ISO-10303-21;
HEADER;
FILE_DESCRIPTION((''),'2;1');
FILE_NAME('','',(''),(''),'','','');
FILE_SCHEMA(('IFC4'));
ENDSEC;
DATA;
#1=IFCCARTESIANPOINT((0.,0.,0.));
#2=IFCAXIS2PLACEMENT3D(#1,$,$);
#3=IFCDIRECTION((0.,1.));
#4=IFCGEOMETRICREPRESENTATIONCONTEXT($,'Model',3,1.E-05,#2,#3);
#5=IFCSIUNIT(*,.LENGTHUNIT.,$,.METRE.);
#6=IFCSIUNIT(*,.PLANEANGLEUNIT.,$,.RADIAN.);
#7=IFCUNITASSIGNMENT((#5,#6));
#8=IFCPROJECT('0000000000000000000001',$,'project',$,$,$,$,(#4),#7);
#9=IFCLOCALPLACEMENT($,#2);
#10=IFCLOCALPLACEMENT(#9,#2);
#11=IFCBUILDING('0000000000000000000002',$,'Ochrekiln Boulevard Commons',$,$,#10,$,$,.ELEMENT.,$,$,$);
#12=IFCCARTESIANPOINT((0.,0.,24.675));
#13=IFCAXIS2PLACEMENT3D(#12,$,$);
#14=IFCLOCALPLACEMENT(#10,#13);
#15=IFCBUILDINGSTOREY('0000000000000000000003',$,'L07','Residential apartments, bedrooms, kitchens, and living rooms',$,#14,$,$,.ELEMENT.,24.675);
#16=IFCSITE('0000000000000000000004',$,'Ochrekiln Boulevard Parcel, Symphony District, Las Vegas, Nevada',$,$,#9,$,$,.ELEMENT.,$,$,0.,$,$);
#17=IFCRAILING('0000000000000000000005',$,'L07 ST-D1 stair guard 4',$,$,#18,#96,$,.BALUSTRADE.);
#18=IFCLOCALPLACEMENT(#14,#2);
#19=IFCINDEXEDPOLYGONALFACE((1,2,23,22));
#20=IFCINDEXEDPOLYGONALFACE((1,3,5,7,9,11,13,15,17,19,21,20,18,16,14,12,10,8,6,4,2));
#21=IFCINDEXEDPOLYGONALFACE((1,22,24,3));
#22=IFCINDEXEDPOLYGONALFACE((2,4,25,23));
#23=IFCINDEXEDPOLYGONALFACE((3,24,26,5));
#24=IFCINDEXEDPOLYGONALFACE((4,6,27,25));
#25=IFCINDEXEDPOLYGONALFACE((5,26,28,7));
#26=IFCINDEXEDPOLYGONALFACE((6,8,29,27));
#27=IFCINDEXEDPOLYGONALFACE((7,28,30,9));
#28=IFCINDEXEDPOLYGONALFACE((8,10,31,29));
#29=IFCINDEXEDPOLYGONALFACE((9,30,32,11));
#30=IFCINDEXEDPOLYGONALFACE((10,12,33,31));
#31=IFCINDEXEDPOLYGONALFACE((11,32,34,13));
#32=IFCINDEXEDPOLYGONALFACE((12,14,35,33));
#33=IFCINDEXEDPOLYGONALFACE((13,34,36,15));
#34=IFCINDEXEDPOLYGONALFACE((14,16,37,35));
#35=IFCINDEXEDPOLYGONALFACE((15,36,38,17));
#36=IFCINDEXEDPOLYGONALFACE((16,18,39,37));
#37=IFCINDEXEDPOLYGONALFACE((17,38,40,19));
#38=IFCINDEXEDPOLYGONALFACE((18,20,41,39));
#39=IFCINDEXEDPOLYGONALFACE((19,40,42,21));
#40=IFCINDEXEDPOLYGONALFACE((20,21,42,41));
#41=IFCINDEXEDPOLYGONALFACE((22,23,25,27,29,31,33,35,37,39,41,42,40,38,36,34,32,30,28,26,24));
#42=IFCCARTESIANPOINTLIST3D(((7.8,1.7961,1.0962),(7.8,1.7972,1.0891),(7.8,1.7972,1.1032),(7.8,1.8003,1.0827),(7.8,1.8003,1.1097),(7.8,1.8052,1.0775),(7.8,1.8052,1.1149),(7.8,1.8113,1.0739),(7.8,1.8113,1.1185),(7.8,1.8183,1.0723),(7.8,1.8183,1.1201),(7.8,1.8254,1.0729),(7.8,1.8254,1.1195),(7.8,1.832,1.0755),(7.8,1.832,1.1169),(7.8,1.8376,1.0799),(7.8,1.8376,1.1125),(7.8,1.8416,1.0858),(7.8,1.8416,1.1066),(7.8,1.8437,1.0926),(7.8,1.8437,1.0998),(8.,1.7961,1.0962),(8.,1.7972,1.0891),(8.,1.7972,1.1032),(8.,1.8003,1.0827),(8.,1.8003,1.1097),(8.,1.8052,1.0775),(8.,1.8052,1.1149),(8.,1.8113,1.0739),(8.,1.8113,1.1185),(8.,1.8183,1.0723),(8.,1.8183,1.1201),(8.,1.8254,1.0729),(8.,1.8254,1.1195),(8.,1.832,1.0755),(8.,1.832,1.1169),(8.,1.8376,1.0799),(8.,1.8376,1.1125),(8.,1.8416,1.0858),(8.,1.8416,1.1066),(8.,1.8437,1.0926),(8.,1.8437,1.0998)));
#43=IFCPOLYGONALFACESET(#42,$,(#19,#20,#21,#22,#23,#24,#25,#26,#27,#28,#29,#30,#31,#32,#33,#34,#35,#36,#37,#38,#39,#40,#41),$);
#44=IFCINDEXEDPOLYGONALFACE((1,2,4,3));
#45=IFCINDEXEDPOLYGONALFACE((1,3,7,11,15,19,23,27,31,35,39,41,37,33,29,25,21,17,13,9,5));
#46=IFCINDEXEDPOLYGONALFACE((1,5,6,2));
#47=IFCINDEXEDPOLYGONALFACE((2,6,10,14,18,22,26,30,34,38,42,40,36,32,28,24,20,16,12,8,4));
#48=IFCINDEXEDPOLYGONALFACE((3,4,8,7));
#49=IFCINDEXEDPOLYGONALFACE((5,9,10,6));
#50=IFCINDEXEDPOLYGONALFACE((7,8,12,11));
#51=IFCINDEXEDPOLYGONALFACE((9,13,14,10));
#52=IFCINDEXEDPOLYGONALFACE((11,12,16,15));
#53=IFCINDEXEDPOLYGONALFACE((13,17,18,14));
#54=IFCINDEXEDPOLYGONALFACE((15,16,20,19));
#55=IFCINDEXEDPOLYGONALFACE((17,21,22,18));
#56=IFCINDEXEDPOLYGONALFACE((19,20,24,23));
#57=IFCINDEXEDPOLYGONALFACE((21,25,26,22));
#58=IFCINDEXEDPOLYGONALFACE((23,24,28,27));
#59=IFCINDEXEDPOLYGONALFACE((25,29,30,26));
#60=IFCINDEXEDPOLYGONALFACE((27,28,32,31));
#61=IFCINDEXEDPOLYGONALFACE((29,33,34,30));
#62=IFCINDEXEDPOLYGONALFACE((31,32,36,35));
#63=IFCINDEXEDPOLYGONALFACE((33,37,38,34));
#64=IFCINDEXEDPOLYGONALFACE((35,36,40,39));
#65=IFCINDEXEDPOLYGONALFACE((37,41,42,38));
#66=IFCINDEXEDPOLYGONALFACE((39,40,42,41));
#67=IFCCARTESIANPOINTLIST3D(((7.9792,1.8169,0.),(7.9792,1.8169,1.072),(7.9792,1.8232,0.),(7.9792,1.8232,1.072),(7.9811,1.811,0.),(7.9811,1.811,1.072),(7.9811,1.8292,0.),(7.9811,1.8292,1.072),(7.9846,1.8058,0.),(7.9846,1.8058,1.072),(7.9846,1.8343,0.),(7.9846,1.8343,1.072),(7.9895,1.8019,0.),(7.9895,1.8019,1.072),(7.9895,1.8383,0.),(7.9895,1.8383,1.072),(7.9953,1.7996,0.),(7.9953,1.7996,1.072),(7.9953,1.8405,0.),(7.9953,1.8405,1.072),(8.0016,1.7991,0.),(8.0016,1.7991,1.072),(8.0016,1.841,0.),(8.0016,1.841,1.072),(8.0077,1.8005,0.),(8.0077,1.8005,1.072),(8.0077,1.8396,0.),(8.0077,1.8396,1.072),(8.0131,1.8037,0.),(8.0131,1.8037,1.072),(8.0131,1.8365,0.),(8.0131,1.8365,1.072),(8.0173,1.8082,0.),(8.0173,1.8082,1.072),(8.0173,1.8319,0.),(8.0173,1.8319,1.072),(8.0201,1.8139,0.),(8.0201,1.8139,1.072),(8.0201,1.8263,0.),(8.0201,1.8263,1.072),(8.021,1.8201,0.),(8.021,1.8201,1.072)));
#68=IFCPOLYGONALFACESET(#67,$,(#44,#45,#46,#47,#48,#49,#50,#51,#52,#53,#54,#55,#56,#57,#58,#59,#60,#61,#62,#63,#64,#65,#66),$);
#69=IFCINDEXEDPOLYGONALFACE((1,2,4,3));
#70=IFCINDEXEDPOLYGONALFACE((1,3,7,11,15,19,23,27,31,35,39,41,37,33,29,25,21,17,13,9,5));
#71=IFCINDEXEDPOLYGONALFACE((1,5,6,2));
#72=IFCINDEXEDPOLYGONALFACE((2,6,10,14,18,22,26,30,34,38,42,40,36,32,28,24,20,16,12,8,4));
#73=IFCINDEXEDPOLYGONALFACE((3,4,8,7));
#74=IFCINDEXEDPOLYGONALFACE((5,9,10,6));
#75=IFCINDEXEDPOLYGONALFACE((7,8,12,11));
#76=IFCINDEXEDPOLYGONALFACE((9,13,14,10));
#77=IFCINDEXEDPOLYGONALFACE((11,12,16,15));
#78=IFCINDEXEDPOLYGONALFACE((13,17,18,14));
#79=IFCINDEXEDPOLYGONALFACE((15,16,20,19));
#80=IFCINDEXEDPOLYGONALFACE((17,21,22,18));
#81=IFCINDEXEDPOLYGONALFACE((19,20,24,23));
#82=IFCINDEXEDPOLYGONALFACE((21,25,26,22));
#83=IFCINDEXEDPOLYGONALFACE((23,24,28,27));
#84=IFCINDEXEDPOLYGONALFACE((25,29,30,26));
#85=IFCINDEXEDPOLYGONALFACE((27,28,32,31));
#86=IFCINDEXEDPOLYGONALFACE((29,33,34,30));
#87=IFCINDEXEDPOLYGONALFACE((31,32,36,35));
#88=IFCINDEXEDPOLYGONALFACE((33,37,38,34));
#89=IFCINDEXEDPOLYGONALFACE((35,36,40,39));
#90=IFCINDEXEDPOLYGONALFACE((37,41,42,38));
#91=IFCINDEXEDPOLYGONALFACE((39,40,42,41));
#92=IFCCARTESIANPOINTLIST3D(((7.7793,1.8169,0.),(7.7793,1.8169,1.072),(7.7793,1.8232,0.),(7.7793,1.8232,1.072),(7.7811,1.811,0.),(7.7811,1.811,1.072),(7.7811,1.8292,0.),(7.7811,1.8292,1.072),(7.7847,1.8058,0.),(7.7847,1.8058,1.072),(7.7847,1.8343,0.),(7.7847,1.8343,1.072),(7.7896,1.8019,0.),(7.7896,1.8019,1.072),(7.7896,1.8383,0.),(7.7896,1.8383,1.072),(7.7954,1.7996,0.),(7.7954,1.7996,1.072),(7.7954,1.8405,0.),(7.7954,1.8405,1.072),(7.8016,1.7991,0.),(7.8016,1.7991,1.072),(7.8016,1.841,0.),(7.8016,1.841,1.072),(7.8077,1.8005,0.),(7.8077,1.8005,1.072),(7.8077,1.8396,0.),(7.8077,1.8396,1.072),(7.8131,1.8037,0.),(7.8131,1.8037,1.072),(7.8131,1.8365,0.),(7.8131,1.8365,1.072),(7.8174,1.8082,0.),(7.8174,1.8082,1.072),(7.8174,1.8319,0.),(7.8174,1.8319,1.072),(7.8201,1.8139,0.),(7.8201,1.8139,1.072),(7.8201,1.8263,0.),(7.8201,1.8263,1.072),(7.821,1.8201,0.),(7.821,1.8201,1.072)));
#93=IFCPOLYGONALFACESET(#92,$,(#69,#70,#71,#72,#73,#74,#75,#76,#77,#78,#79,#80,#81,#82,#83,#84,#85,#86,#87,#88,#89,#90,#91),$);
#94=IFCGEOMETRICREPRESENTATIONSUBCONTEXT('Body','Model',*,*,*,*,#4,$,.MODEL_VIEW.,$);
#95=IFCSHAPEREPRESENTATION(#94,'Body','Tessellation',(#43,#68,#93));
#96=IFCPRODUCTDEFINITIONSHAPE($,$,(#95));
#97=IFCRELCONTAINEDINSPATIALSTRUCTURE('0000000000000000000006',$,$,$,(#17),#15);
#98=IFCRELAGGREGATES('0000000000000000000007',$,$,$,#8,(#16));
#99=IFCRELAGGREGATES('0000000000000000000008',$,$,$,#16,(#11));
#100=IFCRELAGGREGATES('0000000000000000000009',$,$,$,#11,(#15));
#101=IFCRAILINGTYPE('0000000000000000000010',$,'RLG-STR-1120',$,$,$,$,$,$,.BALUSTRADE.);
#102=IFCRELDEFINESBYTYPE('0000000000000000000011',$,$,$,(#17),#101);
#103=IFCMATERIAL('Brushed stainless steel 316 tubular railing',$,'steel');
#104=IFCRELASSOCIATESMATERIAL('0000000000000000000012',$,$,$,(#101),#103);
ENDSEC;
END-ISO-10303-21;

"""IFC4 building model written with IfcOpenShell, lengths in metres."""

from ifc_helpers import new_model, si_unit, direction, frame, origin, origin_2d, place, context, subcontext, project, spatial, circle, extrude, material, type_object, element, save


model = new_model("IFC4")

# Units and contexts
model_context = context("Model", 3, precision=1e-05, world=origin(), true_north=direction((0.0, 1.0)))
body_context = subcontext(model_context, "Body", "Model", "MODEL_VIEW")
ifc_project = project(units=[si_unit("LENGTHUNIT", "METRE"), si_unit("PLANEANGLEUNIT", "RADIAN")], contexts=[model_context])

# Site, building, storey
site_placement = place(None, origin())
site = spatial("IfcSite", under=ifc_project, at=site_placement, Name="Ochrekiln Boulevard Parcel, Symphony District, Las Vegas, Nevada", CompositionType="ELEMENT", RefElevation=0.0)
building_placement = place(site_placement, origin())
building = spatial("IfcBuilding", under=site, at=building_placement, Name="Ochrekiln Boulevard Commons", CompositionType="ELEMENT")
storey_placement = place(building_placement, frame((0.0, 0.0, 24.675)))
storey = spatial("IfcBuildingStorey", under=building, at=storey_placement, Name="L07", Description="Residential apartments, bedrooms, kitchens, and living rooms", CompositionType="ELEMENT", Elevation=24.675)

# Railing
ifc_material_1 = material(Name="Brushed stainless steel 316 tubular railing", Category="steel")
railing_type_1 = type_object("IfcRailingType", Name="RLG-STR-1120", PredefinedType="BALUSTRADE", material=ifc_material_1)
railing_1_placement = place(storey_placement, frame((8.0, 1.8201, 0.0)))
element("IfcRailing", 1, at=railing_1_placement, inside=storey, type_object=railing_type_1, Name="L07 ST-D1 stair guard 4", PredefinedType="BALUSTRADE", context=body_context, shape_type="SweptSolid", body=[
    extrude(circle(Radius=0.0239, at=origin_2d()), frame((0.0, 0.0, 1.0962), z_axis=(-1.0, 0.0, 0.0), x_axis=(0.0, -1.0, 0.0)), (0.0, 0.0, 1.0), 0.2),
    extrude(circle(Radius=0.021, at=origin_2d()), origin(), (0.0, 0.0, 1.0), 1.072),
    extrude(circle(Radius=0.021, at=origin_2d()), frame((-0.2, 0.0, 0.0)), (0.0, 0.0, 1.0), 1.072),
])

save(model, "model.ifc")
